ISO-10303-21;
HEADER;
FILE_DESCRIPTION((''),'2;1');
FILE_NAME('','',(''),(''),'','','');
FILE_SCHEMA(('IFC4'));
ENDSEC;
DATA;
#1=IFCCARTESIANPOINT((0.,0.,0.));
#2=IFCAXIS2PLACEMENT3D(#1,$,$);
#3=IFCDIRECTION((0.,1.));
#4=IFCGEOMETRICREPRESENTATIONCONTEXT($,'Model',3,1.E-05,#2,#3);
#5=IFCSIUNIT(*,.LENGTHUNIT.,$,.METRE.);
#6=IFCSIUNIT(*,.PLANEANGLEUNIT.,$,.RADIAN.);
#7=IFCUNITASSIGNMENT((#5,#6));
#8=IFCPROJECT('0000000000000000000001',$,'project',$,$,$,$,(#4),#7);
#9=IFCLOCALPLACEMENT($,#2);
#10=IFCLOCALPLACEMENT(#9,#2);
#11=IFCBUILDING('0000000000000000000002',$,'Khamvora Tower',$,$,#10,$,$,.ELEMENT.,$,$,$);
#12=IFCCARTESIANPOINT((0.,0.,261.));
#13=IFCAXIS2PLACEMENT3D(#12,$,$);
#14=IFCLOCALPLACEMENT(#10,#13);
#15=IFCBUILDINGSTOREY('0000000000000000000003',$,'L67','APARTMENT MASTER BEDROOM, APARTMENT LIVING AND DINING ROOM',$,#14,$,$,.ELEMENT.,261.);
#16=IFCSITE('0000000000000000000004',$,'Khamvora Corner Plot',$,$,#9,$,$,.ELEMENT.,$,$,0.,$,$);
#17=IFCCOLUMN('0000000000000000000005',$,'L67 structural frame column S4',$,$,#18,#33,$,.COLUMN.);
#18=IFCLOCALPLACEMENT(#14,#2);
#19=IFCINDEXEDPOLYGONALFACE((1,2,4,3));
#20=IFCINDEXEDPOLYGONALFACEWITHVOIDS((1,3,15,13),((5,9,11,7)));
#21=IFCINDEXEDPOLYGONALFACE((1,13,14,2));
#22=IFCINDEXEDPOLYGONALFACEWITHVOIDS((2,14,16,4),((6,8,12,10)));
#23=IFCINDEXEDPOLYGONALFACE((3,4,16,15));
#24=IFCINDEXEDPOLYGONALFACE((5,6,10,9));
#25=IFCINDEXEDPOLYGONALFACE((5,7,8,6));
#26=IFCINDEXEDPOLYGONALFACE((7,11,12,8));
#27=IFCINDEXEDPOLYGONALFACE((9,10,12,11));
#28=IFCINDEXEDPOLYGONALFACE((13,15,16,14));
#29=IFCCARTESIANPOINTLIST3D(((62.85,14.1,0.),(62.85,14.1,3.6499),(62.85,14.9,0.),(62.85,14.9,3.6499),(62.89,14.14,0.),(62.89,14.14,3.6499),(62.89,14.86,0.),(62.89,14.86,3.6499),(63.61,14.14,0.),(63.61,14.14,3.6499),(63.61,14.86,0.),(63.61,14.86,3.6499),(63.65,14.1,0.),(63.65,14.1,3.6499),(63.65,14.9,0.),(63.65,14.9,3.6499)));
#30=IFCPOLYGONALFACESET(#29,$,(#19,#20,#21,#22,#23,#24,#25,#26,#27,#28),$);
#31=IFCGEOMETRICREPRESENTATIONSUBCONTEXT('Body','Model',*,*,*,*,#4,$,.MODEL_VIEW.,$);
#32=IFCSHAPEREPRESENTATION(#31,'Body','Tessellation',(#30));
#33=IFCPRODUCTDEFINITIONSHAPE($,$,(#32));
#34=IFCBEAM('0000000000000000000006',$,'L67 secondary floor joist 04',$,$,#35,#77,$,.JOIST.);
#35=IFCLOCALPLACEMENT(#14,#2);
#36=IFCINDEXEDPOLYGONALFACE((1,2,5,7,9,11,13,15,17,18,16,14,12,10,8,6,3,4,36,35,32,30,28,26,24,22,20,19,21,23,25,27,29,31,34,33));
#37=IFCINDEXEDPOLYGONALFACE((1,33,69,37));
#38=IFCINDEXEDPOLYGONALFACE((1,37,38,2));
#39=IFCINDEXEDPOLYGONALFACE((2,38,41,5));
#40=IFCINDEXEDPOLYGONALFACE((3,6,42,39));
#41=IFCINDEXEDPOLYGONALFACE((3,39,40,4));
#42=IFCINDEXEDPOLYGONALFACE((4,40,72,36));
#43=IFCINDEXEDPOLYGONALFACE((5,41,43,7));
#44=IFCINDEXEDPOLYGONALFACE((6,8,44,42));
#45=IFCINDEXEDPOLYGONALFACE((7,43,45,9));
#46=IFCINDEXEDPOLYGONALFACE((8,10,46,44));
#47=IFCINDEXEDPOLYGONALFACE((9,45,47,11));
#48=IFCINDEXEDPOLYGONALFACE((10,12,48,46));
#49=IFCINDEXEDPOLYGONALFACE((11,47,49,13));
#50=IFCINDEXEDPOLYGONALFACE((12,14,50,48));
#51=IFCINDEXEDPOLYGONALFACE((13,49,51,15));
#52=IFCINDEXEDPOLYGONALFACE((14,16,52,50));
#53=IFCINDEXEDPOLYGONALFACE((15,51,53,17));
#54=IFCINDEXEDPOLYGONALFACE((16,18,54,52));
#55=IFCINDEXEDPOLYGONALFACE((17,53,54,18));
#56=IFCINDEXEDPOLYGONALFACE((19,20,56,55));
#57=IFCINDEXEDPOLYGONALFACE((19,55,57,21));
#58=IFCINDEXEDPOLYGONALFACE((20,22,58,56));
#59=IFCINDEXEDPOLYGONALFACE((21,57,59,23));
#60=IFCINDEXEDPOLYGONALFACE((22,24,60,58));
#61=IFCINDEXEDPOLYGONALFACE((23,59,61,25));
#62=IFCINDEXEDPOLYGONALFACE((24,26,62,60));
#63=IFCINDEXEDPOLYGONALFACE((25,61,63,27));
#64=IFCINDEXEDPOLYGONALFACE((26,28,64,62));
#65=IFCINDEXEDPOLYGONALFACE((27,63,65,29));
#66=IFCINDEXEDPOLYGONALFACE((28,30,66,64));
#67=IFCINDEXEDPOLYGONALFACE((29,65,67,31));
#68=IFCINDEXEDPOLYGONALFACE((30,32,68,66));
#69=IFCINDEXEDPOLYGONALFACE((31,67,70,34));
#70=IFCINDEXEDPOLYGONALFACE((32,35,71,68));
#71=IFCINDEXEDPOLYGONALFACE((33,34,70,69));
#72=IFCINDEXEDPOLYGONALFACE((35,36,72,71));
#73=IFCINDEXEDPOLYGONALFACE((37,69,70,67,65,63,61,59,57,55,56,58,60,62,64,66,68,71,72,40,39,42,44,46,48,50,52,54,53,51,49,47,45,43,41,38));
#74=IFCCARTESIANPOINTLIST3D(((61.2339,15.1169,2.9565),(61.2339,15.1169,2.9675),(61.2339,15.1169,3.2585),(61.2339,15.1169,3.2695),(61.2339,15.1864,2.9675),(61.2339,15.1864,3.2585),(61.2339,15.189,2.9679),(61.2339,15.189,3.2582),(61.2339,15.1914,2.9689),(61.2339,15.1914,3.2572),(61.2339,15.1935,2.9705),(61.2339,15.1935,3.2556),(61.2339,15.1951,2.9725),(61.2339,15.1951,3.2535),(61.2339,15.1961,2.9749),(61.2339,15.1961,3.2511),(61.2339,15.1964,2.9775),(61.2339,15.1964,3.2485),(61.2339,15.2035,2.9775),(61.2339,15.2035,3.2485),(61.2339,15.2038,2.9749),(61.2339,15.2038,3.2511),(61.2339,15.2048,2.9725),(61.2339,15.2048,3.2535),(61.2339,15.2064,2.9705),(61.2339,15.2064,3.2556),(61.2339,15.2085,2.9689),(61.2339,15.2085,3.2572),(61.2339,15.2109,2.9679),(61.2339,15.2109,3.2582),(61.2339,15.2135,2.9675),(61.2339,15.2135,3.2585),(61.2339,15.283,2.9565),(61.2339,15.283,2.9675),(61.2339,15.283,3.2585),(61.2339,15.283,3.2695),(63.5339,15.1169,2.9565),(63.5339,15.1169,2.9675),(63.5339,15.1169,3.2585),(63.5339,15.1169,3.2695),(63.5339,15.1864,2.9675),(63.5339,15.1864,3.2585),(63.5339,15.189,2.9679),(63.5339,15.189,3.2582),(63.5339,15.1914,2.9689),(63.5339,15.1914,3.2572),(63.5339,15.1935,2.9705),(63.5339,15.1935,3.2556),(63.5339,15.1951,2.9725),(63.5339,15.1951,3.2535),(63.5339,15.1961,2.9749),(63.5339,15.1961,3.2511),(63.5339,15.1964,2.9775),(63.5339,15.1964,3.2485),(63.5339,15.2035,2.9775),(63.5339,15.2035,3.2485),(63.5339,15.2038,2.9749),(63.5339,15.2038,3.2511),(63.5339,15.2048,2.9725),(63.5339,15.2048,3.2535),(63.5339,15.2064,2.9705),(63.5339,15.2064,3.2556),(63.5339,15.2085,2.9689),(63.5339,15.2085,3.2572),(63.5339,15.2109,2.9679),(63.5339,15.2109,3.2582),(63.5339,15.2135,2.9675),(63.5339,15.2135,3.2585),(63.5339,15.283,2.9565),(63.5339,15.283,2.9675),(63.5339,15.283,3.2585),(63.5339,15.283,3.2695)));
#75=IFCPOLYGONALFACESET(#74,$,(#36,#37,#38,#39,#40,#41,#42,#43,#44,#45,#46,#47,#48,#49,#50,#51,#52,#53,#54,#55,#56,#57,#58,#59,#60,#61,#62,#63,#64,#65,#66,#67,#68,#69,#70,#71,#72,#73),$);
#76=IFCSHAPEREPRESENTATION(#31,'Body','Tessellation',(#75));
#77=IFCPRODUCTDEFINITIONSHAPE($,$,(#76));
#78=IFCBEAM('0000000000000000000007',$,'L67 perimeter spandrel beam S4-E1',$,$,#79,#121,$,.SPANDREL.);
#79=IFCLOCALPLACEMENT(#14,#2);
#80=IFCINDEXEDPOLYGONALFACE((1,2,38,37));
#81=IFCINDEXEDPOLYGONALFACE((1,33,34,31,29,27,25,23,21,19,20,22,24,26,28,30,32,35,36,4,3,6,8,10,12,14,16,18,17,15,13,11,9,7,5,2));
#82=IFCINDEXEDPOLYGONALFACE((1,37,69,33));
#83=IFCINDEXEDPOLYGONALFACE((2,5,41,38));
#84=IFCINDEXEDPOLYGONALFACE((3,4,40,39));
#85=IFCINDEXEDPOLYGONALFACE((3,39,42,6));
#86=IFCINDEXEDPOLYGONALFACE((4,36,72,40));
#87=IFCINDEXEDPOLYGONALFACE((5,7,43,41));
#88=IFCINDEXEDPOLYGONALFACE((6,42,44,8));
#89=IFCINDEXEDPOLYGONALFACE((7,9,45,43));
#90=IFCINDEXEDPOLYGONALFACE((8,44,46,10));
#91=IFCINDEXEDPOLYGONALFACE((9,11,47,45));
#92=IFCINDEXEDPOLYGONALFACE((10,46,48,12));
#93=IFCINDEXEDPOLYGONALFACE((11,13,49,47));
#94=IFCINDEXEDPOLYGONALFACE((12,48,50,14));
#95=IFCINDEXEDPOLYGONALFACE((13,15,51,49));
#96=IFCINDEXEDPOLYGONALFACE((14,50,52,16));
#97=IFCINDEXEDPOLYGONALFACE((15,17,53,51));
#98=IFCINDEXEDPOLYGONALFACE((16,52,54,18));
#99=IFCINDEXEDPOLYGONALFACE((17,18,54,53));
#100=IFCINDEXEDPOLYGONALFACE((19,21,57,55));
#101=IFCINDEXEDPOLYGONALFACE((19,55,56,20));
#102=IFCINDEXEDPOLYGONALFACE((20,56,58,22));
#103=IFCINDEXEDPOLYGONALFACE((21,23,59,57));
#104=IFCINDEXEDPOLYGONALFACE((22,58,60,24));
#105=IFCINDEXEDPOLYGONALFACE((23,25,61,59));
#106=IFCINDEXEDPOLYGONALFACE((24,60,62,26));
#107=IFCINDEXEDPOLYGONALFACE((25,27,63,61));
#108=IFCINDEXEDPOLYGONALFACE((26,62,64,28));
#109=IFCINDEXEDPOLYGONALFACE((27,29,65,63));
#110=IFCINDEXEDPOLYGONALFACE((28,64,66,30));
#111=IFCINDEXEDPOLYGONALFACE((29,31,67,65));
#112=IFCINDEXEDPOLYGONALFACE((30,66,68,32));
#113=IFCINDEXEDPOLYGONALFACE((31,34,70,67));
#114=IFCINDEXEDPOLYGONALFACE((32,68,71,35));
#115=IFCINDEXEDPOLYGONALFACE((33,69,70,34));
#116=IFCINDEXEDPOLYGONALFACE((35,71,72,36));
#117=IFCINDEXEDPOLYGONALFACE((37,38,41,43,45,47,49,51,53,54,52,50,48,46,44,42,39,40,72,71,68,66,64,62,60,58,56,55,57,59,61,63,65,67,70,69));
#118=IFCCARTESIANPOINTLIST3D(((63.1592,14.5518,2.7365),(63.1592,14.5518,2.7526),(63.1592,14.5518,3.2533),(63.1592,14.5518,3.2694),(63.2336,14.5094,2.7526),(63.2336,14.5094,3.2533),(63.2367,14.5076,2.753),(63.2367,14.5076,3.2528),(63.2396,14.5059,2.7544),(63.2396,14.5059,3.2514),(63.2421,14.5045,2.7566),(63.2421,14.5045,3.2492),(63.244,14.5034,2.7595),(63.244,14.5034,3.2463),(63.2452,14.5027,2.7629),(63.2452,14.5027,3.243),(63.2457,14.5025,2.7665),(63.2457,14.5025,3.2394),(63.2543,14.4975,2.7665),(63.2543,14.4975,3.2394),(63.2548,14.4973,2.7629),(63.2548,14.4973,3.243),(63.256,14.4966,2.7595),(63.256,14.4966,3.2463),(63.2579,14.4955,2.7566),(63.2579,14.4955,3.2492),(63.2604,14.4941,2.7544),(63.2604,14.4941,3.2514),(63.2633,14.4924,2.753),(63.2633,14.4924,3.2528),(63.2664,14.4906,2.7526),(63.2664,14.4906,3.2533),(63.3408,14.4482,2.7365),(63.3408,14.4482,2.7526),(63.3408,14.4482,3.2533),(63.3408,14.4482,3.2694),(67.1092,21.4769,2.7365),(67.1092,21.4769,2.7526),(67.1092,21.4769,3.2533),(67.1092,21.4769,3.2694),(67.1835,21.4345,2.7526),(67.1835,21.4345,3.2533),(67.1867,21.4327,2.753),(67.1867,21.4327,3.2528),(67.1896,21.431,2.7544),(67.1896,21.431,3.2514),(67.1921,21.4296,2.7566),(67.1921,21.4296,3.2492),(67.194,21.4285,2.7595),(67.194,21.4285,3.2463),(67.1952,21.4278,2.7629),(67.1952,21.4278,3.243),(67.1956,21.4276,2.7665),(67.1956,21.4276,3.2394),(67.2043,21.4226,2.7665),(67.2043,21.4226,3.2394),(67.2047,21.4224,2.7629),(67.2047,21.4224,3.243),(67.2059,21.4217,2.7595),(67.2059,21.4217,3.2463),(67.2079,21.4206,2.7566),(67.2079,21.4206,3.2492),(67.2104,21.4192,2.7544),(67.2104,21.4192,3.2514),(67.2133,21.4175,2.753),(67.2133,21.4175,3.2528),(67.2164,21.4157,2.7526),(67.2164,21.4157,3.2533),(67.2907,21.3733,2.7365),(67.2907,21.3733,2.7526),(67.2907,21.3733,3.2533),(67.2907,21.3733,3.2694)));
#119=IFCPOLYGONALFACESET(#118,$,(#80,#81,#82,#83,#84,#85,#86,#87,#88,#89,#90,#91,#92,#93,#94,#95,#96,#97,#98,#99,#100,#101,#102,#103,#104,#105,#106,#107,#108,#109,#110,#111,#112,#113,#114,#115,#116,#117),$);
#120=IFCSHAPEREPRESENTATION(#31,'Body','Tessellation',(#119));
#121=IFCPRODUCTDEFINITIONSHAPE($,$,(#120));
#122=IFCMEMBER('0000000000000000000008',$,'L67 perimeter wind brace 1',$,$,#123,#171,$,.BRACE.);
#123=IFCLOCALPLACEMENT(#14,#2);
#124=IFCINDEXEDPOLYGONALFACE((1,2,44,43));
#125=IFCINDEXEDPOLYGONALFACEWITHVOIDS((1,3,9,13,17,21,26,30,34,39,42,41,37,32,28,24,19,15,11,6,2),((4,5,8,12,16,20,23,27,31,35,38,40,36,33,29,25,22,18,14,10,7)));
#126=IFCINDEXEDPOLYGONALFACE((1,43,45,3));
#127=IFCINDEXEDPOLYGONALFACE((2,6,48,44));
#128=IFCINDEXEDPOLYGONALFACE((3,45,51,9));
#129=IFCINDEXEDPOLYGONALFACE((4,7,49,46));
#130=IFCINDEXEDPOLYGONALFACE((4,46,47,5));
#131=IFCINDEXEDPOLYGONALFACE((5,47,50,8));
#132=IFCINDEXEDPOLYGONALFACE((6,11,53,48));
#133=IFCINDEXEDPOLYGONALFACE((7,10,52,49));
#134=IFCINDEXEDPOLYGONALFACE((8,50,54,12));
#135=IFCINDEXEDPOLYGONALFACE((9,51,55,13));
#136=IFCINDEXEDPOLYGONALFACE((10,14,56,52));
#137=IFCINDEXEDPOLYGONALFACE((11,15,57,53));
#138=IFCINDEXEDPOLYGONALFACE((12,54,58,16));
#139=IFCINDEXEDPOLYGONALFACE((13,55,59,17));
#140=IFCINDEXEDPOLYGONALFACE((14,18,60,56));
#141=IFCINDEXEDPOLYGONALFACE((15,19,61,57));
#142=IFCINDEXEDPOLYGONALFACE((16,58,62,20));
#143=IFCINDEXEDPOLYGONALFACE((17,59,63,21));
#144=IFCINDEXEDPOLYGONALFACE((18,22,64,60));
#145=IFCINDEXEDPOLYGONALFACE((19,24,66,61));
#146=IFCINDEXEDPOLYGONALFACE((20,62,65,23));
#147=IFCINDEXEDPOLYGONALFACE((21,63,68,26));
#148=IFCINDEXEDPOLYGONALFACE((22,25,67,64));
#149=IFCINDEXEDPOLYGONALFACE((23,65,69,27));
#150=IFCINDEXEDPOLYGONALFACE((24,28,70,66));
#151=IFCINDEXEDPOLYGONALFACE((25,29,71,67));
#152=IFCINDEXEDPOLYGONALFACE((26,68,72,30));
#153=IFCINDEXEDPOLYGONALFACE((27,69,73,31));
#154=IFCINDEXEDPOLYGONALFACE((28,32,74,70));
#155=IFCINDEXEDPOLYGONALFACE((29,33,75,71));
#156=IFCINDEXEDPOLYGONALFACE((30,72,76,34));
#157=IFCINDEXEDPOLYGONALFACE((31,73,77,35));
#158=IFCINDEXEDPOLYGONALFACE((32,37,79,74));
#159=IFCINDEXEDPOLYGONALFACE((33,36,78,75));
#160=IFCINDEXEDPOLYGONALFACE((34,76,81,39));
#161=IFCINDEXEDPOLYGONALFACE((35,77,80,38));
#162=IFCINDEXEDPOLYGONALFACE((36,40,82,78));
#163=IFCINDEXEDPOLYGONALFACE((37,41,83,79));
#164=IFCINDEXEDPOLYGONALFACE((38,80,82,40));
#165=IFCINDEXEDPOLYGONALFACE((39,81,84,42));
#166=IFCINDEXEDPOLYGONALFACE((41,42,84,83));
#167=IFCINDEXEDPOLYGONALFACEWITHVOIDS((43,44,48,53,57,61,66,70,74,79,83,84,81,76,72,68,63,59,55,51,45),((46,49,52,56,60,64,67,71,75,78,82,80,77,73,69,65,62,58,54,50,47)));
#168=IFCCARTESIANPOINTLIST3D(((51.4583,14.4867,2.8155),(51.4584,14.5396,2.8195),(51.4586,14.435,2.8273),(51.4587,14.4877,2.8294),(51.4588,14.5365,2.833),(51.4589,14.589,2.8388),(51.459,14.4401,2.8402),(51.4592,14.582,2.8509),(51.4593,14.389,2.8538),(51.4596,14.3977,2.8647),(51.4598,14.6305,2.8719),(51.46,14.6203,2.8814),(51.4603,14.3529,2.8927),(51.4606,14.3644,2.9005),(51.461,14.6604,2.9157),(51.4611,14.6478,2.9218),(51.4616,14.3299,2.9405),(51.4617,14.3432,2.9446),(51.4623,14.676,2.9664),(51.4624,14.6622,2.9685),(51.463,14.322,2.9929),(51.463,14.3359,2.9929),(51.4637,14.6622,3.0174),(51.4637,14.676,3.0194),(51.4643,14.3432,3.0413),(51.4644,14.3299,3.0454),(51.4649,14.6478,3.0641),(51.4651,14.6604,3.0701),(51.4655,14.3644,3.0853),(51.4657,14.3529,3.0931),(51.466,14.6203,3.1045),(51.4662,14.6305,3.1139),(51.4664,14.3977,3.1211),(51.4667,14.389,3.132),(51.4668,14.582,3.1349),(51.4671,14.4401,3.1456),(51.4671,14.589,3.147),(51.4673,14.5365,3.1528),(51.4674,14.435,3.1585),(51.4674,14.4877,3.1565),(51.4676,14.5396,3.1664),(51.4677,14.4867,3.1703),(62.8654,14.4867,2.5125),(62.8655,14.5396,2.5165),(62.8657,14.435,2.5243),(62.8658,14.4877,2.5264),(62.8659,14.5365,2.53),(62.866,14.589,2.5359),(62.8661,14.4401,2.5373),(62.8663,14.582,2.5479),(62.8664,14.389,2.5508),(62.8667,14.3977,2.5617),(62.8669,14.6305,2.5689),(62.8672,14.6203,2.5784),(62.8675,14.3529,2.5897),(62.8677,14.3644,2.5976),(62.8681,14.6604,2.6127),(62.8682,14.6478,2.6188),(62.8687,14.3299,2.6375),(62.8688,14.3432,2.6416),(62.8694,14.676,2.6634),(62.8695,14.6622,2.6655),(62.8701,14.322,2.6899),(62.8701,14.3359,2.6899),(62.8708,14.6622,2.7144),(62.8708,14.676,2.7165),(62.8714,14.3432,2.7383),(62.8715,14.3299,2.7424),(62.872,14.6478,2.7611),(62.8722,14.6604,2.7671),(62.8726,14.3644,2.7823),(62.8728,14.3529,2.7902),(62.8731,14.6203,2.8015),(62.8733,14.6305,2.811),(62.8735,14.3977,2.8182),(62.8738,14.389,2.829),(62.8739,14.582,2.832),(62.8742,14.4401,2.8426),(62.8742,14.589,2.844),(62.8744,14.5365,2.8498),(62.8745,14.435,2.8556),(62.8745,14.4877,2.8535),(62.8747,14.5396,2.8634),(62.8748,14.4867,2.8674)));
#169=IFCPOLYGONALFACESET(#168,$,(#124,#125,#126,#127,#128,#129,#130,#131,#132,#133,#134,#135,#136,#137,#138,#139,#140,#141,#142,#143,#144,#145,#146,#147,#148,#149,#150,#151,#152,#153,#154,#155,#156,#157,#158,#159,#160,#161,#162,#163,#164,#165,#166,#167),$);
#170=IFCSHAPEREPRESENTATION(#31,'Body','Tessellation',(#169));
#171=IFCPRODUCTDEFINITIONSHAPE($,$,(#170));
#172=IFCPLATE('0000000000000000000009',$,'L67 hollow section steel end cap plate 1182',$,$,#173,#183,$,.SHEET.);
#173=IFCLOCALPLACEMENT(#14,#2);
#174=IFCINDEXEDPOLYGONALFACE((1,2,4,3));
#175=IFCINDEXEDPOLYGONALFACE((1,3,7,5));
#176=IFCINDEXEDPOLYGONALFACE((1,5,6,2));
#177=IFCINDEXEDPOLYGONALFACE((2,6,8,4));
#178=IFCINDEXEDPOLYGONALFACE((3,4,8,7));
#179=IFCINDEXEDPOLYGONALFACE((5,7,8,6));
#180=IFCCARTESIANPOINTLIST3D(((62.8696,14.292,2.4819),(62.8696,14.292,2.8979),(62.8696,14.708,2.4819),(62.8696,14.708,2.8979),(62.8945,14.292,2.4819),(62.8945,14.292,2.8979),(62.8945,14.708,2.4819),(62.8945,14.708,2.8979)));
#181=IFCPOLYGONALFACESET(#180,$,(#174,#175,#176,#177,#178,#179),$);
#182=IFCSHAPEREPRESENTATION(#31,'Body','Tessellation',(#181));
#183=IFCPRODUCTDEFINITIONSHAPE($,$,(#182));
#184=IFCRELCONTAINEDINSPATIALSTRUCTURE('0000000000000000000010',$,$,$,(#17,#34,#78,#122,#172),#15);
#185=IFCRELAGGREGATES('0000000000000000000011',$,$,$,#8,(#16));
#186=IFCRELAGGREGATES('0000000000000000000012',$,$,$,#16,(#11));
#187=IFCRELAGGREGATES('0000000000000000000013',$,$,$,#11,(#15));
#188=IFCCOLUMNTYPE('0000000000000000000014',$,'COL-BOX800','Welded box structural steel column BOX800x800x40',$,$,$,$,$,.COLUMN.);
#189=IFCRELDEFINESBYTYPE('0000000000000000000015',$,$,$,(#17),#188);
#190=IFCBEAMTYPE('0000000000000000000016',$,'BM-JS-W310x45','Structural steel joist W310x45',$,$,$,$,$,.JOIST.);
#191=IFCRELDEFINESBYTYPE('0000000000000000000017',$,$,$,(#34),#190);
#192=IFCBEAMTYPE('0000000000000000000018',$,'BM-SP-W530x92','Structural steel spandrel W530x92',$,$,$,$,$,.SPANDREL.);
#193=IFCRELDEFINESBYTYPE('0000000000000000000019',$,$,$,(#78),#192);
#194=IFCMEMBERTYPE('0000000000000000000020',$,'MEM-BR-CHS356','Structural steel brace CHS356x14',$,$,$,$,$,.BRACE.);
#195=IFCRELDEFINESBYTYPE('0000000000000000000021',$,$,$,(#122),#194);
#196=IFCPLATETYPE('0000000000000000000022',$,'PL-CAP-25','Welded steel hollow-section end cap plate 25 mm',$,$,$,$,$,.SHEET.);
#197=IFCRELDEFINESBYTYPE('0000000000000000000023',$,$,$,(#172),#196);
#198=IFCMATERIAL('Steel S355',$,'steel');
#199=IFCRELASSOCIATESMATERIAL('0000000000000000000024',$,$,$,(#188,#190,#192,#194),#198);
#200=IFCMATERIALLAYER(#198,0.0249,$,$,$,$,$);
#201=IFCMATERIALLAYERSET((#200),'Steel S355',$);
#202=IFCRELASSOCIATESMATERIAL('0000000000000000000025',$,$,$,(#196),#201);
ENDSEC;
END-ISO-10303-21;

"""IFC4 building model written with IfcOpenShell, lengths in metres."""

from ifc_helpers import new_model, si_unit, direction, frame, origin, origin_2d, place, context, subcontext, project, spatial, rectangle, hollow_rectangle, hollow_circle, i_section, extrude, material, layer, layer_set, material_profile, profile_set, type_object, element, save


model = new_model("IFC4")

# Units and contexts
model_context = context("Model", 3, precision=1e-05, world=origin(), true_north=direction((0.0, 1.0)))
body_context = subcontext(model_context, "Body", "Model", "MODEL_VIEW")
ifc_project = project(units=[si_unit("LENGTHUNIT", "METRE"), si_unit("PLANEANGLEUNIT", "RADIAN")], contexts=[model_context])

# Site, building, storey
site_placement = place(None, origin())
site = spatial("IfcSite", under=ifc_project, at=site_placement, Name="Khamvora Corner Plot", CompositionType="ELEMENT", RefElevation=0.0)
building_placement = place(site_placement, origin())
building = spatial("IfcBuilding", under=site, at=building_placement, Name="Khamvora Tower", CompositionType="ELEMENT")
storey_placement = place(building_placement, frame((0.0, 0.0, 261.0)))
storey = spatial("IfcBuildingStorey", under=building, at=storey_placement, Name="L67", Description="APARTMENT MASTER BEDROOM, APARTMENT LIVING AND DINING ROOM", CompositionType="ELEMENT", Elevation=261.0)

# Column
ifc_material_1 = material(Name="Steel S355", Category="steel")
ifc_material_profile_1 = material_profile(ifc_material_1, hollow_rectangle(XDim=0.8, YDim=0.8, WallThickness=0.04, at=origin_2d()), Name="BOX800x800x40")
ifc_profile_set_1 = profile_set([ifc_material_profile_1], Name="Steel S355")
column_type = type_object("IfcColumnType", Name="COL-BOX800", Description="Welded box structural steel column BOX800x800x40", PredefinedType="COLUMN", material=ifc_profile_set_1)
column_placement = place(storey_placement, frame((63.25, 14.5, 0.0), z_axis=(0.0, 0.0, 1.0), x_axis=(1.0, 0.0, 0.0)))
element("IfcColumn", 1, at=column_placement, inside=storey, type_object=column_type, Name="L67 structural frame column S4", PredefinedType="COLUMN", context=body_context, shape_type="SweptSolid", body=[
    extrude(hollow_rectangle(XDim=0.8, YDim=0.8, WallThickness=0.04, at=origin_2d()), origin(), (0.0, 0.0, 1.0), 3.6499),
])

# Beams
ifc_material_profile_2 = material_profile(ifc_material_1, i_section(OverallWidth=0.166, OverallDepth=0.313, WebThickness=0.0071, FlangeThickness=0.011, FilletRadius=0.01, at=origin_2d()), Name="W310x45")
ifc_profile_set_2 = profile_set([ifc_material_profile_2], Name="Steel S355")
beam_type_1 = type_object("IfcBeamType", Name="BM-JS-W310x45", Description="Structural steel joist W310x45", PredefinedType="JOIST", material=ifc_profile_set_2)
beam_1_placement = place(storey_placement, frame((61.2339, 15.2, 3.113), z_axis=(1.0, 0.0, 0.0), x_axis=(0.0, 1.0, 0.0)))
element("IfcBeam", 2, at=beam_1_placement, inside=storey, type_object=beam_type_1, Name="L67 secondary floor joist 04", PredefinedType="JOIST", context=body_context, shape_type="SweptSolid", body=[
    extrude(i_section(OverallWidth=0.166, OverallDepth=0.313, WebThickness=0.0071, FlangeThickness=0.011, FilletRadius=0.01, at=origin_2d()), origin(), (0.0, 0.0, 1.0), 2.3),
])
ifc_material_profile_3 = material_profile(ifc_material_1, i_section(OverallWidth=0.209, OverallDepth=0.533, WebThickness=0.01, FlangeThickness=0.0161, FilletRadius=0.0139, at=origin_2d()), Name="W530x92")
ifc_profile_set_3 = profile_set([ifc_material_profile_3], Name="Steel S355")
beam_type_2 = type_object("IfcBeamType", Name="BM-SP-W530x92", Description="Structural steel spandrel W530x92", PredefinedType="SPANDREL", material=ifc_profile_set_3)
beam_2_placement = place(storey_placement, frame((63.25, 14.5, 3.0029), z_axis=(0.495456, 0.868633, 0.0), x_axis=(-0.868633, 0.495456, 0.0)))
element("IfcBeam", 3, at=beam_2_placement, inside=storey, type_object=beam_type_2, Name="L67 perimeter spandrel beam S4-E1", PredefinedType="SPANDREL", context=body_context, shape_type="SweptSolid", body=[
    extrude(i_section(OverallWidth=0.209, OverallDepth=0.533, WebThickness=0.01, FlangeThickness=0.0161, FilletRadius=0.0139, at=origin_2d()), origin(), (0.0, 0.0, 1.0), 7.9724),
])

# Member
ifc_material_profile_4 = material_profile(ifc_material_1, hollow_circle(Radius=0.178, WallThickness=0.0139, at=origin_2d()), Name="CHS356x14")
ifc_profile_set_4 = profile_set([ifc_material_profile_4], Name="Steel S355")
member_type = type_object("IfcMemberType", Name="MEM-BR-CHS356", Description="Structural steel brace CHS356x14", PredefinedType="BRACE", material=ifc_profile_set_4)
member_placement = place(storey_placement, frame((62.8701, 14.5, 2.6899), z_axis=(-0.999647, 0.0, 0.026551), x_axis=(0.0, -1.0, 0.0)))
element("IfcMember", 4, at=member_placement, inside=storey, type_object=member_type, Name="L67 perimeter wind brace 1", PredefinedType="BRACE", context=body_context, shape_type="SweptSolid", body=[
    extrude(hollow_circle(Radius=0.178, WallThickness=0.0139, at=origin_2d()), origin(), (0.0, 0.0, 1.0), 11.4111),
])

# Plate
ifc_layer_1 = layer(ifc_material_1, 0.0249)
ifc_layer_set_1 = layer_set([ifc_layer_1], Name="Steel S355")
plate_type_1 = type_object("IfcPlateType", Name="PL-CAP-25", Description="Welded steel hollow-section end cap plate 25 mm", PredefinedType="SHEET", material=ifc_layer_set_1)
plate_1_placement = place(storey_placement, frame((62.8821, 14.5, 2.4819), z_axis=(0.0, 0.0, 1.0), x_axis=(-1.0, 0.0, 0.0)))
element("IfcPlate", 5, at=plate_1_placement, inside=storey, type_object=plate_type_1, Name="L67 hollow section steel end cap plate 1182", PredefinedType="SHEET", context=body_context, shape_type="SweptSolid", body=[
    extrude(rectangle(XDim=0.0249, YDim=0.416, at=origin_2d()), origin(), (0.0, 0.0, 1.0), 0.416),
])

save(model, "model.ifc")
